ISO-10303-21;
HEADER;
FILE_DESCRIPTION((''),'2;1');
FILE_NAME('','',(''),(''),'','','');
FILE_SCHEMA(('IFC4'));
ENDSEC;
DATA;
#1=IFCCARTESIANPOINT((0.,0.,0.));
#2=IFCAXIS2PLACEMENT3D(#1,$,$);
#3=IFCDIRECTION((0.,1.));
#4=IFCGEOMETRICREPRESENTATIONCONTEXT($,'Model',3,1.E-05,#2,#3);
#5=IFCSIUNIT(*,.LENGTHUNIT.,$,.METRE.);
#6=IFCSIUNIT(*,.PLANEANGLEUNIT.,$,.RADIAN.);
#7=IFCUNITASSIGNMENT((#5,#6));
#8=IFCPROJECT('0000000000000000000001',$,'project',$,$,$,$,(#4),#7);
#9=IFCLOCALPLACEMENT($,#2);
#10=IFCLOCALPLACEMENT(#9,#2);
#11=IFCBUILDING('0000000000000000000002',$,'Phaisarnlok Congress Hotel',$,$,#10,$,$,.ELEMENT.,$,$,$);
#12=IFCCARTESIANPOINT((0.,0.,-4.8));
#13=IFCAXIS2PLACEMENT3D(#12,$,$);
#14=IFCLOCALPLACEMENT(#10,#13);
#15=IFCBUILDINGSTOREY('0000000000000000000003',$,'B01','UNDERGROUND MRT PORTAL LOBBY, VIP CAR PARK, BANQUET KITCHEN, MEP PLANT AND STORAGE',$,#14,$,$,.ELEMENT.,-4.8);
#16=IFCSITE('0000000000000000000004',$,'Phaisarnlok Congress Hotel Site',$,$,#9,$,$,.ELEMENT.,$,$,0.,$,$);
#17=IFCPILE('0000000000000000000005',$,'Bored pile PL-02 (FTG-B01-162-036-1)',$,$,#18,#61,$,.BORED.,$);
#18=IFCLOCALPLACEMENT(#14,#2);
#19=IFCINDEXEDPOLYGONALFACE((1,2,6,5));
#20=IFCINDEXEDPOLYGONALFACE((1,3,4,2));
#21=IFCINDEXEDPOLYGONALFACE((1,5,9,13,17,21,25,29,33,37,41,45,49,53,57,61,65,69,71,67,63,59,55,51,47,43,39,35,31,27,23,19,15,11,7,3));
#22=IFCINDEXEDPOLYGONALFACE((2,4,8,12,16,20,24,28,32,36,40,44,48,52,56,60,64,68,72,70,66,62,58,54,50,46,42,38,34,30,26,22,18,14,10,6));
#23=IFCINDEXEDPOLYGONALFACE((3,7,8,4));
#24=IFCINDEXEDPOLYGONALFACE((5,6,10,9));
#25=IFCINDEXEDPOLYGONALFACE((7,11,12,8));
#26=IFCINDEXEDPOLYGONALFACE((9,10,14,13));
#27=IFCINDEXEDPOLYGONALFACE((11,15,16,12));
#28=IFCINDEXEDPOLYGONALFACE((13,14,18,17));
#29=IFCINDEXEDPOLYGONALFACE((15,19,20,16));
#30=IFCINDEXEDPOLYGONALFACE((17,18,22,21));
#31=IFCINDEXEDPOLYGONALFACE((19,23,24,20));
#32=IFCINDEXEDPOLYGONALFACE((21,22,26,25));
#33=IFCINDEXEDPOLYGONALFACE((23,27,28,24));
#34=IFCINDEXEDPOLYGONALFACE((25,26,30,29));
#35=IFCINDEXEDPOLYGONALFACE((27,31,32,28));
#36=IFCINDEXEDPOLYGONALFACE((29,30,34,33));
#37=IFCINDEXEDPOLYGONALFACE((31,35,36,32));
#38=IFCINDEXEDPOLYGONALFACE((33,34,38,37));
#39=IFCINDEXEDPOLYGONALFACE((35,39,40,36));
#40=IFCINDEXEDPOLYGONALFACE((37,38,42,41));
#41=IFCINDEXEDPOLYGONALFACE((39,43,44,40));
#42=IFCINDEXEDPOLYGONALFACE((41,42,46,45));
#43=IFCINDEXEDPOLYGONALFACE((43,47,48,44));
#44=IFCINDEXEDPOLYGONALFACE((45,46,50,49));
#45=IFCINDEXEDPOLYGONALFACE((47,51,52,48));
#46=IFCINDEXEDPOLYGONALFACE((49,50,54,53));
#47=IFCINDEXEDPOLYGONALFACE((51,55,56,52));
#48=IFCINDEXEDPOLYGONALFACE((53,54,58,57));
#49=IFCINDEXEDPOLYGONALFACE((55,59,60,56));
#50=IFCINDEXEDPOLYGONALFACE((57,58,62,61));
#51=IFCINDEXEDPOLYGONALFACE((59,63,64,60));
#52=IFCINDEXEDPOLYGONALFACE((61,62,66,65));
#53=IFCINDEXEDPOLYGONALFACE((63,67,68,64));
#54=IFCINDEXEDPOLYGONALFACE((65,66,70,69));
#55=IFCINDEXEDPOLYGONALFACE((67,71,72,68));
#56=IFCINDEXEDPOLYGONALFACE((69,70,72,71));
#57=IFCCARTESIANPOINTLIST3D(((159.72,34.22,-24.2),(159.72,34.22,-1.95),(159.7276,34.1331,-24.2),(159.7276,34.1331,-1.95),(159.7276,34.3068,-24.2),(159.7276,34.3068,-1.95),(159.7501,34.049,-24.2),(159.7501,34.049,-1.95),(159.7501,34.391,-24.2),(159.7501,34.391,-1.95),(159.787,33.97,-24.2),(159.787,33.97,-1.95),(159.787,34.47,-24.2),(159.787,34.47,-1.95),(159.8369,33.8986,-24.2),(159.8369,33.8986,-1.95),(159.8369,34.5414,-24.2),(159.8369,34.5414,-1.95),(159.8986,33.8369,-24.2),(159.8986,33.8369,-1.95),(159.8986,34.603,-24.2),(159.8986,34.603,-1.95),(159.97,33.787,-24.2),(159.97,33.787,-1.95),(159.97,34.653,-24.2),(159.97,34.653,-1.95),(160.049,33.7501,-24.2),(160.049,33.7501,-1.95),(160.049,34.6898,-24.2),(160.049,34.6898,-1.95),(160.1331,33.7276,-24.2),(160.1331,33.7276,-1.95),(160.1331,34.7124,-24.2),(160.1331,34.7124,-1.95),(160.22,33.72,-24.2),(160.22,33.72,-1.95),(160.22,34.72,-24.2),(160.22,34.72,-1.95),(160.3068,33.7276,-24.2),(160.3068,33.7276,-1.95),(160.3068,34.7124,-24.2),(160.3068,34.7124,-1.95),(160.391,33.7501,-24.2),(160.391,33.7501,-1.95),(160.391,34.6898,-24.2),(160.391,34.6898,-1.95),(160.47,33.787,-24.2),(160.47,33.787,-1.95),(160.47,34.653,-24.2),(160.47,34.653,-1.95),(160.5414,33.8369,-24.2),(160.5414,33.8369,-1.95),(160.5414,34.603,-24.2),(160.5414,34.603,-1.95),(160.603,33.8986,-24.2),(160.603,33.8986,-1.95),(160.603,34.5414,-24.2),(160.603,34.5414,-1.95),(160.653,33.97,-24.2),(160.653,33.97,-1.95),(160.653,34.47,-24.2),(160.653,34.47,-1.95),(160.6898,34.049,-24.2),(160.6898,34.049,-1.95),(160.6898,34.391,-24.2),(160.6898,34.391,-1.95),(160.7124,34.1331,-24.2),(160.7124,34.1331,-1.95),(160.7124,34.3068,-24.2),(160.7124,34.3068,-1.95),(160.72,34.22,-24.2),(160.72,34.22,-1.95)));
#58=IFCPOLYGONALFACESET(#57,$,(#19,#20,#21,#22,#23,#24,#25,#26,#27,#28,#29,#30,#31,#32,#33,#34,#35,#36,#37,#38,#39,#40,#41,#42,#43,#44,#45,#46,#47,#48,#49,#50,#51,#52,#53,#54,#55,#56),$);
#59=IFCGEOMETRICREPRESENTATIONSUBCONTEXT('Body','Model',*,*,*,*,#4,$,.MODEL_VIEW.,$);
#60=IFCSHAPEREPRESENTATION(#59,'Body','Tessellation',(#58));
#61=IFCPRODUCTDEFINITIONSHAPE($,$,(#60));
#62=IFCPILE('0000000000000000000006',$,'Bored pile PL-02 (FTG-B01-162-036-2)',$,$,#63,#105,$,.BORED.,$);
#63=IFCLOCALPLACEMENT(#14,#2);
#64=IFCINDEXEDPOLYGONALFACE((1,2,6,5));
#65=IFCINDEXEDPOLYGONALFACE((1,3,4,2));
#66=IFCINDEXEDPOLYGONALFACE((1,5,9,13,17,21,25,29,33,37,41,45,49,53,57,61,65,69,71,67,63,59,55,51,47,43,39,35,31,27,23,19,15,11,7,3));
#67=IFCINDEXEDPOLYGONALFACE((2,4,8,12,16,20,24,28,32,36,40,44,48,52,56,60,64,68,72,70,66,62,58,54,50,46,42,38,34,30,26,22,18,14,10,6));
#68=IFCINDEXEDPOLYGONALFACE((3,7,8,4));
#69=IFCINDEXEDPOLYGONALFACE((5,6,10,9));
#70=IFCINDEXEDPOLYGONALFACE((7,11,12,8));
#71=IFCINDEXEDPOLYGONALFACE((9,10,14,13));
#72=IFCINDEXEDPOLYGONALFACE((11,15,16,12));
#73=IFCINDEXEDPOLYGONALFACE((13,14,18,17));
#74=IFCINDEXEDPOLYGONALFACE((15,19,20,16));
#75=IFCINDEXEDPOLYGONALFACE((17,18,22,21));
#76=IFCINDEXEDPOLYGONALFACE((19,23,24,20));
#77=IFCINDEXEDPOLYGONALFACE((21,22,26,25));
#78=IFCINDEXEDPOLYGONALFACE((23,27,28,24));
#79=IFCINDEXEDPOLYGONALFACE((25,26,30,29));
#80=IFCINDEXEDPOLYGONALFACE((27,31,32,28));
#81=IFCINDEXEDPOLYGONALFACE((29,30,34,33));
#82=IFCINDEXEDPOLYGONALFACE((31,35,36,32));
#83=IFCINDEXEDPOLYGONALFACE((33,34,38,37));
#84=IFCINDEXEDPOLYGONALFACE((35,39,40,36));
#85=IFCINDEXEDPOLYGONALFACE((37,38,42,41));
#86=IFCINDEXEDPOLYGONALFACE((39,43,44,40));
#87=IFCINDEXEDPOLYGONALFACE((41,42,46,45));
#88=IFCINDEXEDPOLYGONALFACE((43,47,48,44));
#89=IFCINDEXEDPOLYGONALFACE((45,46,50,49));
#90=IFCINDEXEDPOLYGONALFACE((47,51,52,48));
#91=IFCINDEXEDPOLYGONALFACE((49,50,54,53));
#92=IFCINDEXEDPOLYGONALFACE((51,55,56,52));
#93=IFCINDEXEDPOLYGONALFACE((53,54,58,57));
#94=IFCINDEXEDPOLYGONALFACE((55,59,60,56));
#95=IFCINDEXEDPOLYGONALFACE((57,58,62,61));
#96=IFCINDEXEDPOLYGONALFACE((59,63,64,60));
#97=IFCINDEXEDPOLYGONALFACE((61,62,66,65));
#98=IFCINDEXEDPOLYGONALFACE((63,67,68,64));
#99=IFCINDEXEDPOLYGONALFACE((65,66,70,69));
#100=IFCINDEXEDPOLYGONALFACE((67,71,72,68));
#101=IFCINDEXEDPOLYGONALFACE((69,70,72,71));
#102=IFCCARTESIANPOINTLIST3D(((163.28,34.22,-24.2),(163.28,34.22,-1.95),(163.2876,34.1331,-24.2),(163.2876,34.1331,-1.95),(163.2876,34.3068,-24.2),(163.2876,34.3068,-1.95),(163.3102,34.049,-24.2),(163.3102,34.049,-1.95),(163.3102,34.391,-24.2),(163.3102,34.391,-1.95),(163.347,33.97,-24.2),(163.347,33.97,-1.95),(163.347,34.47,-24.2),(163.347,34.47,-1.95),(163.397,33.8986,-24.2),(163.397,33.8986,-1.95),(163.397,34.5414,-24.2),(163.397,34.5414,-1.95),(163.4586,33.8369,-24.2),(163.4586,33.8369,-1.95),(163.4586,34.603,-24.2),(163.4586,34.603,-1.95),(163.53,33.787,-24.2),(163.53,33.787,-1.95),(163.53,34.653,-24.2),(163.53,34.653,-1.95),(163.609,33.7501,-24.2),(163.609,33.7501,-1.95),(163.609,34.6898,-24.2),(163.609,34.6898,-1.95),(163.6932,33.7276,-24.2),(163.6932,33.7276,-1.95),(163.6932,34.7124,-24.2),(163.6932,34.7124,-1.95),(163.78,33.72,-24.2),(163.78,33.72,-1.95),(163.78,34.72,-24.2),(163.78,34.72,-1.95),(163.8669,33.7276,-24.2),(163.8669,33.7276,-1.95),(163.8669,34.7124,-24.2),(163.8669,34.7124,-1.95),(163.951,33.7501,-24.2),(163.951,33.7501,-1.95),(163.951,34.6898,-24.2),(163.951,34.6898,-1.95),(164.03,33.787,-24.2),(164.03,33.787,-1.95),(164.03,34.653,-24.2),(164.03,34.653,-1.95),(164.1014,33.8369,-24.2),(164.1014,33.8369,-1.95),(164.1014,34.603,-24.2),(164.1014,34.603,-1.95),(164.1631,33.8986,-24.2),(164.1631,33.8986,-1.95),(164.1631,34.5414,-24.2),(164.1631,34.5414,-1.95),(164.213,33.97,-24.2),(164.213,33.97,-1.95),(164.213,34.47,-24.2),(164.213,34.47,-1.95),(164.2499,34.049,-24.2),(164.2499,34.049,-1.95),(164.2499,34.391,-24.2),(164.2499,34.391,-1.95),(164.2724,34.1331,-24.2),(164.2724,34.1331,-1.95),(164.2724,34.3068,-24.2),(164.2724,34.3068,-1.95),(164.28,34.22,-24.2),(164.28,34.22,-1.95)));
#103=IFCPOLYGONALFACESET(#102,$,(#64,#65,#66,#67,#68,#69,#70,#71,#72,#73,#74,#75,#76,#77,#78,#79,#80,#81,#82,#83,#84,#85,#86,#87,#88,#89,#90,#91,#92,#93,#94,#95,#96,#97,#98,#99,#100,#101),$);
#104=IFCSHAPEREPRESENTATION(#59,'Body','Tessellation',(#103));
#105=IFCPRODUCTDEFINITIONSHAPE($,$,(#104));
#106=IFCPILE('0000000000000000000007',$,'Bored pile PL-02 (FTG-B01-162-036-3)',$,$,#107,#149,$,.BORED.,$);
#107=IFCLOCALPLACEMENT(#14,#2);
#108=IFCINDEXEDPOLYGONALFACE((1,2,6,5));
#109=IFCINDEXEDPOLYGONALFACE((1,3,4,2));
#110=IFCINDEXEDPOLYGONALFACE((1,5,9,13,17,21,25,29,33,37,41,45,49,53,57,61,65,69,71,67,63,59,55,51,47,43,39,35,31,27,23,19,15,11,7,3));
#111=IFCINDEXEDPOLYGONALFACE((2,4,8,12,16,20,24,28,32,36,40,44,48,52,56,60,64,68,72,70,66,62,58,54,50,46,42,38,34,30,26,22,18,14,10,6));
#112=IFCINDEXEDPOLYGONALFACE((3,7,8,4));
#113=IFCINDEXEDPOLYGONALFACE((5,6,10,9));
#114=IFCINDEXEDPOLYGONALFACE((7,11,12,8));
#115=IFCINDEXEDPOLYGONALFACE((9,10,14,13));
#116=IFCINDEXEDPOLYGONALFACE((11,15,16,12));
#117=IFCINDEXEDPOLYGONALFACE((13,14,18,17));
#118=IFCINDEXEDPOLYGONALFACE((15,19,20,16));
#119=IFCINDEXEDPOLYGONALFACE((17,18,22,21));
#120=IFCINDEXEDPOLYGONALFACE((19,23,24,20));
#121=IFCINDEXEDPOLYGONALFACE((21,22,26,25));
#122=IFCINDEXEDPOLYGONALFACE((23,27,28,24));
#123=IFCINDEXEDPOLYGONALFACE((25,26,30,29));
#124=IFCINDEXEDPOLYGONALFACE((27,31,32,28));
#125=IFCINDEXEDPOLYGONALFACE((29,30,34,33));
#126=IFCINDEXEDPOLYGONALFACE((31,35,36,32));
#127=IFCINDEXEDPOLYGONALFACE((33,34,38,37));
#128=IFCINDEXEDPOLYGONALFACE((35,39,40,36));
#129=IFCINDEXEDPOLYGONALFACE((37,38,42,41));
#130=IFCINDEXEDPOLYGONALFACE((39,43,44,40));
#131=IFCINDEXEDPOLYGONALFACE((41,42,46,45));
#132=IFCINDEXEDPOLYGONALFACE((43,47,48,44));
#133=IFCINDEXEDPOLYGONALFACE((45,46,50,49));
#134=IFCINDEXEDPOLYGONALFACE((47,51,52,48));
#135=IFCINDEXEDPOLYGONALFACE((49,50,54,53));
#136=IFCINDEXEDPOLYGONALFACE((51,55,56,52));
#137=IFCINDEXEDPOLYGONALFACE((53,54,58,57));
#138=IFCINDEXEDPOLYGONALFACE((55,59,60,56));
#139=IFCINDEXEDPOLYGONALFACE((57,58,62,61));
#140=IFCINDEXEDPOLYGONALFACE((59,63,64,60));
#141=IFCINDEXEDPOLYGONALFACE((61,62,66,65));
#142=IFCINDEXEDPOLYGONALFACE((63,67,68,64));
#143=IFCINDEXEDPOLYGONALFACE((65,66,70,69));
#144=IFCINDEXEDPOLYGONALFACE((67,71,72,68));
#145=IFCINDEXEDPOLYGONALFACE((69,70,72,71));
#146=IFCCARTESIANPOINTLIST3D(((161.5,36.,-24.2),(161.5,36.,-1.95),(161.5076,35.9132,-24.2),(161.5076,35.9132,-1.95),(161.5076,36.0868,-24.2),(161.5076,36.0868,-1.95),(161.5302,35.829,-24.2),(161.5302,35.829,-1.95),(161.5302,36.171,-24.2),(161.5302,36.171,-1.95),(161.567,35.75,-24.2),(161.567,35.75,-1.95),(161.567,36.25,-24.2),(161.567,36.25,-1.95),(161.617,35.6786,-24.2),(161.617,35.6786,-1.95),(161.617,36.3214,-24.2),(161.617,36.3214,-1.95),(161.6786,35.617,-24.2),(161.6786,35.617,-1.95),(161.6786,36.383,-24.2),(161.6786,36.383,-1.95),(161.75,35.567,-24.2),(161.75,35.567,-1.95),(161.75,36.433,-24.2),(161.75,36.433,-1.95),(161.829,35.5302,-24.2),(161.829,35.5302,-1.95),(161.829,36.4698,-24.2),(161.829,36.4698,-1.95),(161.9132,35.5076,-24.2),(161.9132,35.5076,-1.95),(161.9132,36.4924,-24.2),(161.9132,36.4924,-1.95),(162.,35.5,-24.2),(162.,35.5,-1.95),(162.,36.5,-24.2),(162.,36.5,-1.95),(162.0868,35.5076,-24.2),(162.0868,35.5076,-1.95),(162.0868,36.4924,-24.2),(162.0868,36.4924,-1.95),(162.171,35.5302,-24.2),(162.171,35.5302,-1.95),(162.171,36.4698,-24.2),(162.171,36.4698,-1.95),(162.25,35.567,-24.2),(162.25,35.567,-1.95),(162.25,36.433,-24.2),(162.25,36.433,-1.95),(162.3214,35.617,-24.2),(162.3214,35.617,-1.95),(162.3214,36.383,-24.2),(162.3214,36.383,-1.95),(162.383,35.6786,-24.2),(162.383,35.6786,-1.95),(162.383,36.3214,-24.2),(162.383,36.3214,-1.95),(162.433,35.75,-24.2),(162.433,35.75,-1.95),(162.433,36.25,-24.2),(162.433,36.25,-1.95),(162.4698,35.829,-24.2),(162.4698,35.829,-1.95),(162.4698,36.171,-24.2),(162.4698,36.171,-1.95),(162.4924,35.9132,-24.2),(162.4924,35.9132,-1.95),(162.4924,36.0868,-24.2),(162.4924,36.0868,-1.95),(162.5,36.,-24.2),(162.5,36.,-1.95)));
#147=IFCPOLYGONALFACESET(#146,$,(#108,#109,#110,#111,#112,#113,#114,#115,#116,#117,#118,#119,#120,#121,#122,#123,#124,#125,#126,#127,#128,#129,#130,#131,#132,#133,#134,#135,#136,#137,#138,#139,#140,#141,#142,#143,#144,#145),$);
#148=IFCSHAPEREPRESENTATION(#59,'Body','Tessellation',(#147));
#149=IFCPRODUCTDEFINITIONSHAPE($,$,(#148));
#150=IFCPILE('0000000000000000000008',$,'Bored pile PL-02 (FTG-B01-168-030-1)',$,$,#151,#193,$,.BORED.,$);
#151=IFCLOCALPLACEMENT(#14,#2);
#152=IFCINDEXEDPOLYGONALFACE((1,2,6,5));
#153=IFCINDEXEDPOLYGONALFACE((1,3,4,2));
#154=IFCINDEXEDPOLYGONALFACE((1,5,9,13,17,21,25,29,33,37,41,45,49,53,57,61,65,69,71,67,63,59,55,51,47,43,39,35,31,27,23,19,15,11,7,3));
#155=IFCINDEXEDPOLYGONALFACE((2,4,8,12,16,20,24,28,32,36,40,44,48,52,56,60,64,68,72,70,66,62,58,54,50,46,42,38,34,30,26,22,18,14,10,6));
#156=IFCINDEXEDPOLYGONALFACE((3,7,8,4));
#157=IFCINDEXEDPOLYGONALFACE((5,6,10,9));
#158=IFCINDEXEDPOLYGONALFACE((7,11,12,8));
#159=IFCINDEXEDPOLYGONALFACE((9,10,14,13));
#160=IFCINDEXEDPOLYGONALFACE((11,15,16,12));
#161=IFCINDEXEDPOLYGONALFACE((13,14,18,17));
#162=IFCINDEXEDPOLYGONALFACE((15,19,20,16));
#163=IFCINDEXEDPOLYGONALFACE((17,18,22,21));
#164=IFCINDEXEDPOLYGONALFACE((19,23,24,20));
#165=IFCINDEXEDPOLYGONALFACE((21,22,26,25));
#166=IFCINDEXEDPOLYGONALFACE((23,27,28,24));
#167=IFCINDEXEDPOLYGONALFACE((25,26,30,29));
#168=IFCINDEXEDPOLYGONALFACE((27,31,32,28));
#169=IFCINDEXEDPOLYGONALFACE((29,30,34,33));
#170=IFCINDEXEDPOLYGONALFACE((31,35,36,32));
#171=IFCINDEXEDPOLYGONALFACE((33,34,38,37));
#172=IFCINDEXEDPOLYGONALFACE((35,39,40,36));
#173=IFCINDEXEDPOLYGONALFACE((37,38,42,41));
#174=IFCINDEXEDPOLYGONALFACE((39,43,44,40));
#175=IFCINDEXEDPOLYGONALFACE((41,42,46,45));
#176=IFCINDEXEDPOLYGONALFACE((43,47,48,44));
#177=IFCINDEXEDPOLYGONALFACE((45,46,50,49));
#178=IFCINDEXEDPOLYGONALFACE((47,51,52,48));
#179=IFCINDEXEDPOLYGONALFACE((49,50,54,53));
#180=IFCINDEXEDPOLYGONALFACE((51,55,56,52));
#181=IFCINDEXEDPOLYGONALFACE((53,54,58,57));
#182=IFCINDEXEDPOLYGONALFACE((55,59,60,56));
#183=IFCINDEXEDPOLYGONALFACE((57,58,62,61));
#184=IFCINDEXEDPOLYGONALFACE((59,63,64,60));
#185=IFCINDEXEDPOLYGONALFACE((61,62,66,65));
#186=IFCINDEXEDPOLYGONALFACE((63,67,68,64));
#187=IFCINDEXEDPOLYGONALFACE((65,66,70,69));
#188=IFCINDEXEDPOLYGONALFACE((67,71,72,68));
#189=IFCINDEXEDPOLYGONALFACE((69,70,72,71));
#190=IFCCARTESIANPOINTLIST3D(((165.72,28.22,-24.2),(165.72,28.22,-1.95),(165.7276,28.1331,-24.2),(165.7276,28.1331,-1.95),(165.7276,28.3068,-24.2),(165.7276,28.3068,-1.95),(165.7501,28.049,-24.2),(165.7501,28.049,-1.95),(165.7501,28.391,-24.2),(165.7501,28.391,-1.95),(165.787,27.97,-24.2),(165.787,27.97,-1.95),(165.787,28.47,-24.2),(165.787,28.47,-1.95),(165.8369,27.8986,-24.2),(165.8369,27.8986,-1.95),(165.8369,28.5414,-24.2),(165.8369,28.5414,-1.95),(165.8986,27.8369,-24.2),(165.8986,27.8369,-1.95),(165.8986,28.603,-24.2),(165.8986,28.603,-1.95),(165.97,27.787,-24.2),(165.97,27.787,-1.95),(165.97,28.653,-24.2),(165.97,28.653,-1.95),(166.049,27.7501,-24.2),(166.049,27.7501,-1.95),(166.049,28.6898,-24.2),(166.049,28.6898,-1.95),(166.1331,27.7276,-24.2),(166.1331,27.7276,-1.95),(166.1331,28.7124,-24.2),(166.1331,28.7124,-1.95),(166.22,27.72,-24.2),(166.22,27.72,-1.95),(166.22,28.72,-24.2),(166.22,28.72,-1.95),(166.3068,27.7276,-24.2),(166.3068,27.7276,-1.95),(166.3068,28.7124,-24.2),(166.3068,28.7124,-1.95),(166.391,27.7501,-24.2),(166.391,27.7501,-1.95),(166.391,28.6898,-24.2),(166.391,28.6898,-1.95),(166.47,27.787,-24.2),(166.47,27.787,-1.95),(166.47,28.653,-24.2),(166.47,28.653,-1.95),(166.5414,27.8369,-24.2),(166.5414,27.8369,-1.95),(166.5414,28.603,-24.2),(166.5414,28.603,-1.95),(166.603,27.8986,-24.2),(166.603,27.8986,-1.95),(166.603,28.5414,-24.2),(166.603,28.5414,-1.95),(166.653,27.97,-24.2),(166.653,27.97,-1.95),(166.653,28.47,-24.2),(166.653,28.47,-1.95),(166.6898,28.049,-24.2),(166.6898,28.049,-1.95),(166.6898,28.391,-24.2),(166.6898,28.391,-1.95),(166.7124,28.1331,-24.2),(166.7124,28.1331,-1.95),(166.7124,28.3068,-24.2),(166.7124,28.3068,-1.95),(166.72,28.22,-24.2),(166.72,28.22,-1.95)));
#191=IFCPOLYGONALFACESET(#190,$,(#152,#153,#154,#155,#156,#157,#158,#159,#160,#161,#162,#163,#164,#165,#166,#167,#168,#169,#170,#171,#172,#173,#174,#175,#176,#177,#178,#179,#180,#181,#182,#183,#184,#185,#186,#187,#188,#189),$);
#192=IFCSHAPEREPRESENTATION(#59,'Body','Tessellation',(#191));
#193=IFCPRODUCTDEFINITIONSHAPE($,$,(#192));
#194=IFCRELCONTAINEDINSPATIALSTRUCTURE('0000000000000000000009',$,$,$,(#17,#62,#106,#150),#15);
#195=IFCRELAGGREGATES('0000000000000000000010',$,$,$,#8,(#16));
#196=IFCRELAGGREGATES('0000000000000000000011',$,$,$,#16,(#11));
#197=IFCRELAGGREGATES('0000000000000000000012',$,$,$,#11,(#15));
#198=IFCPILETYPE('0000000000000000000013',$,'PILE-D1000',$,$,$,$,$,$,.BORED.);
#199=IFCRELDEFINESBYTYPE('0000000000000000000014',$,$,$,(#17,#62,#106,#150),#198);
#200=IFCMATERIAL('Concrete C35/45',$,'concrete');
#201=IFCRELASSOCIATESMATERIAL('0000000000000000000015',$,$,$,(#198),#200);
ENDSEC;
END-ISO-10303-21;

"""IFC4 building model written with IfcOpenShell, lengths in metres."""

from ifc_helpers import new_model, si_unit, direction, frame, origin, origin_2d, place, context, subcontext, project, spatial, circle, extrude, material, material_profile, profile_set, type_object, element, save


model = new_model("IFC4")

# Units and contexts
model_context = context("Model", 3, precision=1e-05, world=origin(), true_north=direction((0.0, 1.0)))
body_context = subcontext(model_context, "Body", "Model", "MODEL_VIEW")
ifc_project = project(units=[si_unit("LENGTHUNIT", "METRE"), si_unit("PLANEANGLEUNIT", "RADIAN")], contexts=[model_context])

# Site, building, storey
site_placement = place(None, origin())
site = spatial("IfcSite", under=ifc_project, at=site_placement, Name="Phaisarnlok Congress Hotel Site", CompositionType="ELEMENT", RefElevation=0.0)
building_placement = place(site_placement, origin())
building = spatial("IfcBuilding", under=site, at=building_placement, Name="Phaisarnlok Congress Hotel", CompositionType="ELEMENT")
storey_placement = place(building_placement, frame((0.0, 0.0, -4.8)))
storey = spatial("IfcBuildingStorey", under=building, at=storey_placement, Name="B01", Description="UNDERGROUND MRT PORTAL LOBBY, VIP CAR PARK, BANQUET KITCHEN, MEP PLANT AND STORAGE", CompositionType="ELEMENT", Elevation=-4.8)

# Piles
ifc_material_1 = material(Name="Concrete C35/45", Category="concrete")
ifc_material_profile_1 = material_profile(ifc_material_1, circle(Radius=0.5, at=origin_2d()), Name="BORED PILE D1000")
ifc_profile_set_1 = profile_set([ifc_material_profile_1], Name="Concrete C35/45")
pile_type_1 = type_object("IfcPileType", Name="PILE-D1000", PredefinedType="BORED", material=ifc_profile_set_1)
for number, where, z_axis, x_axis, name in (
    (1, (160.22, 34.22, -1.95), (0.0, 0.0, -1.0), (1.0, 0.0, 0.0), "Bored pile PL-02 (FTG-B01-162-036-1)"),
    (2, (163.78, 34.22, -1.95), (0.0, 0.0, -1.0), (1.0, 0.0, 0.0), "Bored pile PL-02 (FTG-B01-162-036-2)"),
    (3, (162.0, 36.0, -1.95), (0.0, 0.0, -1.0), (1.0, 0.0, 0.0), "Bored pile PL-02 (FTG-B01-162-036-3)"),
    (4, (166.22, 28.22, -1.95), (0.0, 0.0, -1.0), (1.0, 0.0, 0.0), "Bored pile PL-02 (FTG-B01-168-030-1)"),
):
    element("IfcPile", number, at=place(storey_placement, frame(where, z_axis=z_axis, x_axis=x_axis)), inside=storey, type_object=pile_type_1, Name=name, PredefinedType="BORED", context=body_context, shape_type="SweptSolid", body=[
        extrude(circle(Radius=0.5, at=origin_2d()), origin(), (0.0, 0.0, 1.0), 22.25),
    ])

save(model, "model.ifc")
